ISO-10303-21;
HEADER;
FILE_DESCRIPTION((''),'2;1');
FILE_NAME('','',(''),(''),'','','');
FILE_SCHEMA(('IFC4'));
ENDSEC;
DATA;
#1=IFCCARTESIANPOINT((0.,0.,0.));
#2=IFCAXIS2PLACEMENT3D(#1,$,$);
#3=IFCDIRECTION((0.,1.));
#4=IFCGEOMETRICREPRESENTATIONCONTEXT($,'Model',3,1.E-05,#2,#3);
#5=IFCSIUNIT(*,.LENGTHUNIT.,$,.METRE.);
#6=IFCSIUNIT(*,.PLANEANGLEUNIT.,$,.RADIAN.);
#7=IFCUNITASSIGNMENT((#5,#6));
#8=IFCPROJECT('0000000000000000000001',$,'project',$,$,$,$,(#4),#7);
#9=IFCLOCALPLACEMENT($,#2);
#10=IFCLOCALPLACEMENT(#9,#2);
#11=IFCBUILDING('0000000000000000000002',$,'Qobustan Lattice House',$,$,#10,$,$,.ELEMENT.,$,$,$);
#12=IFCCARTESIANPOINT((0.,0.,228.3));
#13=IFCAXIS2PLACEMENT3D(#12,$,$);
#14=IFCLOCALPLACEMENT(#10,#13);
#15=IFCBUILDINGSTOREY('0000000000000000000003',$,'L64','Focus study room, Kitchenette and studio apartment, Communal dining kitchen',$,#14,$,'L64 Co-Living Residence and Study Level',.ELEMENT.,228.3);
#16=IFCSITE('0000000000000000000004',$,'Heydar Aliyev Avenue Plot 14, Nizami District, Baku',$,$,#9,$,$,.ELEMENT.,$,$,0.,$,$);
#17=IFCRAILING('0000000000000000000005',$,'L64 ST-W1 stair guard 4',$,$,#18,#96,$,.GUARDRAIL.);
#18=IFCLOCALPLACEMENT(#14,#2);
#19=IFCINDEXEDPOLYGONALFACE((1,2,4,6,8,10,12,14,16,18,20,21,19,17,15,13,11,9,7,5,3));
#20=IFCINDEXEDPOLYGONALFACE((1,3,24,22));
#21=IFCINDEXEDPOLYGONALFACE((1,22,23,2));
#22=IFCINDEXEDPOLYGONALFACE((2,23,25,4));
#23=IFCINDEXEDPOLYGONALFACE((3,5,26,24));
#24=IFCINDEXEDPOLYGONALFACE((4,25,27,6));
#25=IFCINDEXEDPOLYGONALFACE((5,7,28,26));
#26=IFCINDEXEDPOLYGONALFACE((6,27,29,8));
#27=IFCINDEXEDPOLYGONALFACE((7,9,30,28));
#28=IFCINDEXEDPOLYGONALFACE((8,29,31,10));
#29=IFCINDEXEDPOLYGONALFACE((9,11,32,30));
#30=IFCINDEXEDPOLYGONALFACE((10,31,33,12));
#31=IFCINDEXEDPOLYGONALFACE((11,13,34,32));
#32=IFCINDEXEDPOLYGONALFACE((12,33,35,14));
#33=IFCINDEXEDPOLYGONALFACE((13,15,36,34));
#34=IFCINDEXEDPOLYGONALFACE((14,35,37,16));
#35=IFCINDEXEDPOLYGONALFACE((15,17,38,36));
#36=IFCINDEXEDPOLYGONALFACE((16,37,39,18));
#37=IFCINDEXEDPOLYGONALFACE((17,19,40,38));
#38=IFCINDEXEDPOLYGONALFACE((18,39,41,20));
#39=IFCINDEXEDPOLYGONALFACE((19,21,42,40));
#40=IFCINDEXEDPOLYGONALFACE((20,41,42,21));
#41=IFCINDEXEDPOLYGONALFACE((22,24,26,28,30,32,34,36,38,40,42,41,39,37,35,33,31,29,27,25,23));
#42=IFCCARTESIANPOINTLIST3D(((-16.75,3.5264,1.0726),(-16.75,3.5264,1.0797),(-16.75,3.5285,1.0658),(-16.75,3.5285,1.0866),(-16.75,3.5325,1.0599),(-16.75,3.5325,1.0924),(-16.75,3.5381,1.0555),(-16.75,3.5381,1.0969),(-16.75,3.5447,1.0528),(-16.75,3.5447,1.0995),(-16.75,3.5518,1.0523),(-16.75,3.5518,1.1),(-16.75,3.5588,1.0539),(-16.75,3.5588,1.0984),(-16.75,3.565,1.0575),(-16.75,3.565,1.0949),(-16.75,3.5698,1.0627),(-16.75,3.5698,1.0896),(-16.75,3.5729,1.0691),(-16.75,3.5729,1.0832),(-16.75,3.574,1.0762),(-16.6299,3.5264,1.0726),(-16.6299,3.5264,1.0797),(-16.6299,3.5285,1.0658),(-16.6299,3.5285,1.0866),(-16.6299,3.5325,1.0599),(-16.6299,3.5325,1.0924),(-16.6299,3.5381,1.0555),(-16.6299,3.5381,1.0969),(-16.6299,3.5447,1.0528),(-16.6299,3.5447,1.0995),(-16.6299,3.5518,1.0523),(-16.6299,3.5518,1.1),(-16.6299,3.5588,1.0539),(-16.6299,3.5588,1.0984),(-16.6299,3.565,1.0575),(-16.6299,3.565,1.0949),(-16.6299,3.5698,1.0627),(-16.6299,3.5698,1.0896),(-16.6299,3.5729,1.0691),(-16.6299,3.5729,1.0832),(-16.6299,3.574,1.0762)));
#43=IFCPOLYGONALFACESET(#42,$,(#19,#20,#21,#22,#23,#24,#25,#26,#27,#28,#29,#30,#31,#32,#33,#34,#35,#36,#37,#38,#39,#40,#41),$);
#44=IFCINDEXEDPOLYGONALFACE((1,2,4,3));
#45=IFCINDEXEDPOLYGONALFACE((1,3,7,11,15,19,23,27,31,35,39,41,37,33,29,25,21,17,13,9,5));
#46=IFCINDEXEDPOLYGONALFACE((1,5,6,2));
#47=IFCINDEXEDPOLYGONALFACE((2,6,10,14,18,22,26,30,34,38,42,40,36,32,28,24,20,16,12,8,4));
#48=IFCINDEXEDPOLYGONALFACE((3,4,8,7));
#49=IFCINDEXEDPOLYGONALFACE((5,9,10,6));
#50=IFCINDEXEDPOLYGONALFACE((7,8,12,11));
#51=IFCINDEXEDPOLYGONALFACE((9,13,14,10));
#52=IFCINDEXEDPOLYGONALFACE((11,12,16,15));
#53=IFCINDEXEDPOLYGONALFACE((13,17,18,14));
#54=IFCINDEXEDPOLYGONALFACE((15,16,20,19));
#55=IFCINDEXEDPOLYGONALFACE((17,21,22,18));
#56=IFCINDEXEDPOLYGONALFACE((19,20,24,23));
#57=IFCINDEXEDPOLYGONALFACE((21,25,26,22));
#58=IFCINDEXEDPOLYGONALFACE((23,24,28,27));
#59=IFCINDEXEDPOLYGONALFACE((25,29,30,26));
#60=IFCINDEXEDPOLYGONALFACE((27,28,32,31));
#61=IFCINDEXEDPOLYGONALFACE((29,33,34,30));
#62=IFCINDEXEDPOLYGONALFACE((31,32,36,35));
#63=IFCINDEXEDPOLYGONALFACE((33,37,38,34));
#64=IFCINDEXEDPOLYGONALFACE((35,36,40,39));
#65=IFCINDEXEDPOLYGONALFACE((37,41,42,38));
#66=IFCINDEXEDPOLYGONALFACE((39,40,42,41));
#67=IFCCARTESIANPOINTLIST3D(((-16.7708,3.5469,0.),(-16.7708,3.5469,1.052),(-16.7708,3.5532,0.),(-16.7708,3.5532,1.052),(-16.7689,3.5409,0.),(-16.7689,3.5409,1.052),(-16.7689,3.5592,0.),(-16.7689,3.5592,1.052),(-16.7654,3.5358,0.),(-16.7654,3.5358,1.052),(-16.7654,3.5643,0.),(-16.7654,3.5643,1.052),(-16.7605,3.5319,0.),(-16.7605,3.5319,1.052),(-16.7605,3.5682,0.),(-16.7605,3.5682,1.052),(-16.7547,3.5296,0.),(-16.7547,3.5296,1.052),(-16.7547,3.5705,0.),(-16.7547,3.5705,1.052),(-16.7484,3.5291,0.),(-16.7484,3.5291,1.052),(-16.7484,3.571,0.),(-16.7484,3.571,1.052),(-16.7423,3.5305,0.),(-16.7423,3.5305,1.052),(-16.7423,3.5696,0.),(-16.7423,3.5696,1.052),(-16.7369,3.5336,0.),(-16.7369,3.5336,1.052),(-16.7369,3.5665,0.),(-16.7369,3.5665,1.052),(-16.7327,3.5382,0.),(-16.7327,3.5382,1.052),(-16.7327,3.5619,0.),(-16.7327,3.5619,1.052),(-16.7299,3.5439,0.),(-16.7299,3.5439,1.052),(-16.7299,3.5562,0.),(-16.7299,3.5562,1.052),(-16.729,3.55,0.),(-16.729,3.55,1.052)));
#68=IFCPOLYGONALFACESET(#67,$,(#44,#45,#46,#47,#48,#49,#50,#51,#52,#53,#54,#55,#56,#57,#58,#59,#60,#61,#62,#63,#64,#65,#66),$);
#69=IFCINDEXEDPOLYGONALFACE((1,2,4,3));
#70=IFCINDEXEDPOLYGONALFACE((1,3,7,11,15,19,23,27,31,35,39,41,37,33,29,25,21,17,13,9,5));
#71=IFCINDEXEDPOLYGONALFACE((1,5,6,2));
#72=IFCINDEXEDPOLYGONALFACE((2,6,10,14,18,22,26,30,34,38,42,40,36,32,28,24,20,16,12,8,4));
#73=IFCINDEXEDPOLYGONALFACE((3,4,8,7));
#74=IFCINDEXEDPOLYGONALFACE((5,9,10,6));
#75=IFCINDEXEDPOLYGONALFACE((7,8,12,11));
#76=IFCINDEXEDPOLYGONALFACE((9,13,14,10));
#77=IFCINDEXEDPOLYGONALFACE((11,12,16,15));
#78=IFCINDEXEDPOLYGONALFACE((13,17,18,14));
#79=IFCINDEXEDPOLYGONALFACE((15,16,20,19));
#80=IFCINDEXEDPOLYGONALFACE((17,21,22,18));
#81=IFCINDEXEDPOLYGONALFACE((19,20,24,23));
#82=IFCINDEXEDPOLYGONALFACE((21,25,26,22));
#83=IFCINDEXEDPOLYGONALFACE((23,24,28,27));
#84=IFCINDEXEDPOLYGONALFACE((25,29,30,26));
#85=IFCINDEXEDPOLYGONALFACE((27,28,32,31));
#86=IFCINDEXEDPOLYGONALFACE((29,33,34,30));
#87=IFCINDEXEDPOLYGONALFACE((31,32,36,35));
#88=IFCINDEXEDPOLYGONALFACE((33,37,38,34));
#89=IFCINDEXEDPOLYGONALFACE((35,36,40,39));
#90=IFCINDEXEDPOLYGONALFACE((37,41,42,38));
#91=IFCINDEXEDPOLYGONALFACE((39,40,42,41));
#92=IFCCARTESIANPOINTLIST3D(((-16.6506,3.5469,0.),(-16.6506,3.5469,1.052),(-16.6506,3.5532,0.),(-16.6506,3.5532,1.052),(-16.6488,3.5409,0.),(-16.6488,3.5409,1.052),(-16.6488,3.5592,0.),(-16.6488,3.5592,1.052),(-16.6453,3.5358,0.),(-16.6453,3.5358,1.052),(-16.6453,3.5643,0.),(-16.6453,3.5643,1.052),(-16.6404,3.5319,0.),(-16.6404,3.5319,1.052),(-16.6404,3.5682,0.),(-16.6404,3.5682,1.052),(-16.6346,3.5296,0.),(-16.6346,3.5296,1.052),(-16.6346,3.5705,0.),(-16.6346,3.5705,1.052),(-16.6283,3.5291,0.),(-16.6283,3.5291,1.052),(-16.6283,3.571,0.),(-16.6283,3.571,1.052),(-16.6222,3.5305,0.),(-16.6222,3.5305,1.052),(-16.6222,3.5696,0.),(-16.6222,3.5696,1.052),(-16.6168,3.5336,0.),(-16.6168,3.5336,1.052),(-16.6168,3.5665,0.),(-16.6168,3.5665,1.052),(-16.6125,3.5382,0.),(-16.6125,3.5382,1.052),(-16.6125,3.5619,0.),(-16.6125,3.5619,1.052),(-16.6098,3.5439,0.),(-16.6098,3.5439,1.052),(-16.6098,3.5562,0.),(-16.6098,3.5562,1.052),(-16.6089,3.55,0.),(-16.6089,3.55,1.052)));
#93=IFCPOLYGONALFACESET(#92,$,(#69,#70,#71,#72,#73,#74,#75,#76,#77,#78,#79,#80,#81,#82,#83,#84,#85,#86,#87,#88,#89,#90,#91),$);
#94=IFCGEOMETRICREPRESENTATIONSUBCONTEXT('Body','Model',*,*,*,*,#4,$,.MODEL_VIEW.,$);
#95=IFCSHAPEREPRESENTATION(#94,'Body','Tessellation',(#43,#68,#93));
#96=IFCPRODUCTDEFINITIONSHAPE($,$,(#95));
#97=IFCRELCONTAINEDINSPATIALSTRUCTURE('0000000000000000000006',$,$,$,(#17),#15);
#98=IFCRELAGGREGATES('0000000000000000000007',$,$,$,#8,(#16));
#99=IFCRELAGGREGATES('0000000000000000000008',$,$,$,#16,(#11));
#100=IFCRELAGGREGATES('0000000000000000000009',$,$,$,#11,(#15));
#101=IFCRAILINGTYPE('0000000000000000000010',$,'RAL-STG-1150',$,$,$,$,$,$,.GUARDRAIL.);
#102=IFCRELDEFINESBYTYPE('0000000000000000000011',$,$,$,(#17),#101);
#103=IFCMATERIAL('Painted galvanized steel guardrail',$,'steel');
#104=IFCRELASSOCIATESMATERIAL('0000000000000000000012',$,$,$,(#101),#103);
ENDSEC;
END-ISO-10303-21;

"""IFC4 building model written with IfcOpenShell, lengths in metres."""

from ifc_helpers import new_model, si_unit, direction, frame, origin, origin_2d, place, context, subcontext, project, spatial, circle, extrude, material, type_object, element, save


model = new_model("IFC4")

# Units and contexts
model_context = context("Model", 3, precision=1e-05, world=origin(), true_north=direction((0.0, 1.0)))
body_context = subcontext(model_context, "Body", "Model", "MODEL_VIEW")
ifc_project = project(units=[si_unit("LENGTHUNIT", "METRE"), si_unit("PLANEANGLEUNIT", "RADIAN")], contexts=[model_context])

# Site, building, storey
site_placement = place(None, origin())
site = spatial("IfcSite", under=ifc_project, at=site_placement, Name="Heydar Aliyev Avenue Plot 14, Nizami District, Baku", CompositionType="ELEMENT", RefElevation=0.0)
building_placement = place(site_placement, origin())
building = spatial("IfcBuilding", under=site, at=building_placement, Name="Qobustan Lattice House", CompositionType="ELEMENT")
storey_placement = place(building_placement, frame((0.0, 0.0, 228.3)))
storey = spatial("IfcBuildingStorey", under=building, at=storey_placement, Name="L64", Description="Focus study room, Kitchenette and studio apartment, Communal dining kitchen", LongName="L64 Co-Living Residence and Study Level", CompositionType="ELEMENT", Elevation=228.3)

# Railing
ifc_material_1 = material(Name="Painted galvanized steel guardrail", Category="steel")
railing_type = type_object("IfcRailingType", Name="RAL-STG-1150", PredefinedType="GUARDRAIL", material=ifc_material_1)
railing_1_placement = place(storey_placement, frame((-16.75, 3.55, 0.0)))
element("IfcRailing", 1, at=railing_1_placement, inside=storey, type_object=railing_type, Name="L64 ST-W1 stair guard 4", PredefinedType="GUARDRAIL", context=body_context, shape_type="SweptSolid", body=[
    extrude(circle(Radius=0.0239, at=origin_2d()), frame((0.0, 0.0, 1.0762), z_axis=(1.0, 0.0, 0.0), x_axis=(0.0, 1.0, 0.0)), (0.0, 0.0, 1.0), 0.1201),
    extrude(circle(Radius=0.021, at=origin_2d()), origin(), (0.0, 0.0, 1.0), 1.052),
    extrude(circle(Radius=0.021, at=origin_2d()), frame((0.1201, 0.0, 0.0)), (0.0, 0.0, 1.0), 1.052),
])

save(model, "model.ifc")
